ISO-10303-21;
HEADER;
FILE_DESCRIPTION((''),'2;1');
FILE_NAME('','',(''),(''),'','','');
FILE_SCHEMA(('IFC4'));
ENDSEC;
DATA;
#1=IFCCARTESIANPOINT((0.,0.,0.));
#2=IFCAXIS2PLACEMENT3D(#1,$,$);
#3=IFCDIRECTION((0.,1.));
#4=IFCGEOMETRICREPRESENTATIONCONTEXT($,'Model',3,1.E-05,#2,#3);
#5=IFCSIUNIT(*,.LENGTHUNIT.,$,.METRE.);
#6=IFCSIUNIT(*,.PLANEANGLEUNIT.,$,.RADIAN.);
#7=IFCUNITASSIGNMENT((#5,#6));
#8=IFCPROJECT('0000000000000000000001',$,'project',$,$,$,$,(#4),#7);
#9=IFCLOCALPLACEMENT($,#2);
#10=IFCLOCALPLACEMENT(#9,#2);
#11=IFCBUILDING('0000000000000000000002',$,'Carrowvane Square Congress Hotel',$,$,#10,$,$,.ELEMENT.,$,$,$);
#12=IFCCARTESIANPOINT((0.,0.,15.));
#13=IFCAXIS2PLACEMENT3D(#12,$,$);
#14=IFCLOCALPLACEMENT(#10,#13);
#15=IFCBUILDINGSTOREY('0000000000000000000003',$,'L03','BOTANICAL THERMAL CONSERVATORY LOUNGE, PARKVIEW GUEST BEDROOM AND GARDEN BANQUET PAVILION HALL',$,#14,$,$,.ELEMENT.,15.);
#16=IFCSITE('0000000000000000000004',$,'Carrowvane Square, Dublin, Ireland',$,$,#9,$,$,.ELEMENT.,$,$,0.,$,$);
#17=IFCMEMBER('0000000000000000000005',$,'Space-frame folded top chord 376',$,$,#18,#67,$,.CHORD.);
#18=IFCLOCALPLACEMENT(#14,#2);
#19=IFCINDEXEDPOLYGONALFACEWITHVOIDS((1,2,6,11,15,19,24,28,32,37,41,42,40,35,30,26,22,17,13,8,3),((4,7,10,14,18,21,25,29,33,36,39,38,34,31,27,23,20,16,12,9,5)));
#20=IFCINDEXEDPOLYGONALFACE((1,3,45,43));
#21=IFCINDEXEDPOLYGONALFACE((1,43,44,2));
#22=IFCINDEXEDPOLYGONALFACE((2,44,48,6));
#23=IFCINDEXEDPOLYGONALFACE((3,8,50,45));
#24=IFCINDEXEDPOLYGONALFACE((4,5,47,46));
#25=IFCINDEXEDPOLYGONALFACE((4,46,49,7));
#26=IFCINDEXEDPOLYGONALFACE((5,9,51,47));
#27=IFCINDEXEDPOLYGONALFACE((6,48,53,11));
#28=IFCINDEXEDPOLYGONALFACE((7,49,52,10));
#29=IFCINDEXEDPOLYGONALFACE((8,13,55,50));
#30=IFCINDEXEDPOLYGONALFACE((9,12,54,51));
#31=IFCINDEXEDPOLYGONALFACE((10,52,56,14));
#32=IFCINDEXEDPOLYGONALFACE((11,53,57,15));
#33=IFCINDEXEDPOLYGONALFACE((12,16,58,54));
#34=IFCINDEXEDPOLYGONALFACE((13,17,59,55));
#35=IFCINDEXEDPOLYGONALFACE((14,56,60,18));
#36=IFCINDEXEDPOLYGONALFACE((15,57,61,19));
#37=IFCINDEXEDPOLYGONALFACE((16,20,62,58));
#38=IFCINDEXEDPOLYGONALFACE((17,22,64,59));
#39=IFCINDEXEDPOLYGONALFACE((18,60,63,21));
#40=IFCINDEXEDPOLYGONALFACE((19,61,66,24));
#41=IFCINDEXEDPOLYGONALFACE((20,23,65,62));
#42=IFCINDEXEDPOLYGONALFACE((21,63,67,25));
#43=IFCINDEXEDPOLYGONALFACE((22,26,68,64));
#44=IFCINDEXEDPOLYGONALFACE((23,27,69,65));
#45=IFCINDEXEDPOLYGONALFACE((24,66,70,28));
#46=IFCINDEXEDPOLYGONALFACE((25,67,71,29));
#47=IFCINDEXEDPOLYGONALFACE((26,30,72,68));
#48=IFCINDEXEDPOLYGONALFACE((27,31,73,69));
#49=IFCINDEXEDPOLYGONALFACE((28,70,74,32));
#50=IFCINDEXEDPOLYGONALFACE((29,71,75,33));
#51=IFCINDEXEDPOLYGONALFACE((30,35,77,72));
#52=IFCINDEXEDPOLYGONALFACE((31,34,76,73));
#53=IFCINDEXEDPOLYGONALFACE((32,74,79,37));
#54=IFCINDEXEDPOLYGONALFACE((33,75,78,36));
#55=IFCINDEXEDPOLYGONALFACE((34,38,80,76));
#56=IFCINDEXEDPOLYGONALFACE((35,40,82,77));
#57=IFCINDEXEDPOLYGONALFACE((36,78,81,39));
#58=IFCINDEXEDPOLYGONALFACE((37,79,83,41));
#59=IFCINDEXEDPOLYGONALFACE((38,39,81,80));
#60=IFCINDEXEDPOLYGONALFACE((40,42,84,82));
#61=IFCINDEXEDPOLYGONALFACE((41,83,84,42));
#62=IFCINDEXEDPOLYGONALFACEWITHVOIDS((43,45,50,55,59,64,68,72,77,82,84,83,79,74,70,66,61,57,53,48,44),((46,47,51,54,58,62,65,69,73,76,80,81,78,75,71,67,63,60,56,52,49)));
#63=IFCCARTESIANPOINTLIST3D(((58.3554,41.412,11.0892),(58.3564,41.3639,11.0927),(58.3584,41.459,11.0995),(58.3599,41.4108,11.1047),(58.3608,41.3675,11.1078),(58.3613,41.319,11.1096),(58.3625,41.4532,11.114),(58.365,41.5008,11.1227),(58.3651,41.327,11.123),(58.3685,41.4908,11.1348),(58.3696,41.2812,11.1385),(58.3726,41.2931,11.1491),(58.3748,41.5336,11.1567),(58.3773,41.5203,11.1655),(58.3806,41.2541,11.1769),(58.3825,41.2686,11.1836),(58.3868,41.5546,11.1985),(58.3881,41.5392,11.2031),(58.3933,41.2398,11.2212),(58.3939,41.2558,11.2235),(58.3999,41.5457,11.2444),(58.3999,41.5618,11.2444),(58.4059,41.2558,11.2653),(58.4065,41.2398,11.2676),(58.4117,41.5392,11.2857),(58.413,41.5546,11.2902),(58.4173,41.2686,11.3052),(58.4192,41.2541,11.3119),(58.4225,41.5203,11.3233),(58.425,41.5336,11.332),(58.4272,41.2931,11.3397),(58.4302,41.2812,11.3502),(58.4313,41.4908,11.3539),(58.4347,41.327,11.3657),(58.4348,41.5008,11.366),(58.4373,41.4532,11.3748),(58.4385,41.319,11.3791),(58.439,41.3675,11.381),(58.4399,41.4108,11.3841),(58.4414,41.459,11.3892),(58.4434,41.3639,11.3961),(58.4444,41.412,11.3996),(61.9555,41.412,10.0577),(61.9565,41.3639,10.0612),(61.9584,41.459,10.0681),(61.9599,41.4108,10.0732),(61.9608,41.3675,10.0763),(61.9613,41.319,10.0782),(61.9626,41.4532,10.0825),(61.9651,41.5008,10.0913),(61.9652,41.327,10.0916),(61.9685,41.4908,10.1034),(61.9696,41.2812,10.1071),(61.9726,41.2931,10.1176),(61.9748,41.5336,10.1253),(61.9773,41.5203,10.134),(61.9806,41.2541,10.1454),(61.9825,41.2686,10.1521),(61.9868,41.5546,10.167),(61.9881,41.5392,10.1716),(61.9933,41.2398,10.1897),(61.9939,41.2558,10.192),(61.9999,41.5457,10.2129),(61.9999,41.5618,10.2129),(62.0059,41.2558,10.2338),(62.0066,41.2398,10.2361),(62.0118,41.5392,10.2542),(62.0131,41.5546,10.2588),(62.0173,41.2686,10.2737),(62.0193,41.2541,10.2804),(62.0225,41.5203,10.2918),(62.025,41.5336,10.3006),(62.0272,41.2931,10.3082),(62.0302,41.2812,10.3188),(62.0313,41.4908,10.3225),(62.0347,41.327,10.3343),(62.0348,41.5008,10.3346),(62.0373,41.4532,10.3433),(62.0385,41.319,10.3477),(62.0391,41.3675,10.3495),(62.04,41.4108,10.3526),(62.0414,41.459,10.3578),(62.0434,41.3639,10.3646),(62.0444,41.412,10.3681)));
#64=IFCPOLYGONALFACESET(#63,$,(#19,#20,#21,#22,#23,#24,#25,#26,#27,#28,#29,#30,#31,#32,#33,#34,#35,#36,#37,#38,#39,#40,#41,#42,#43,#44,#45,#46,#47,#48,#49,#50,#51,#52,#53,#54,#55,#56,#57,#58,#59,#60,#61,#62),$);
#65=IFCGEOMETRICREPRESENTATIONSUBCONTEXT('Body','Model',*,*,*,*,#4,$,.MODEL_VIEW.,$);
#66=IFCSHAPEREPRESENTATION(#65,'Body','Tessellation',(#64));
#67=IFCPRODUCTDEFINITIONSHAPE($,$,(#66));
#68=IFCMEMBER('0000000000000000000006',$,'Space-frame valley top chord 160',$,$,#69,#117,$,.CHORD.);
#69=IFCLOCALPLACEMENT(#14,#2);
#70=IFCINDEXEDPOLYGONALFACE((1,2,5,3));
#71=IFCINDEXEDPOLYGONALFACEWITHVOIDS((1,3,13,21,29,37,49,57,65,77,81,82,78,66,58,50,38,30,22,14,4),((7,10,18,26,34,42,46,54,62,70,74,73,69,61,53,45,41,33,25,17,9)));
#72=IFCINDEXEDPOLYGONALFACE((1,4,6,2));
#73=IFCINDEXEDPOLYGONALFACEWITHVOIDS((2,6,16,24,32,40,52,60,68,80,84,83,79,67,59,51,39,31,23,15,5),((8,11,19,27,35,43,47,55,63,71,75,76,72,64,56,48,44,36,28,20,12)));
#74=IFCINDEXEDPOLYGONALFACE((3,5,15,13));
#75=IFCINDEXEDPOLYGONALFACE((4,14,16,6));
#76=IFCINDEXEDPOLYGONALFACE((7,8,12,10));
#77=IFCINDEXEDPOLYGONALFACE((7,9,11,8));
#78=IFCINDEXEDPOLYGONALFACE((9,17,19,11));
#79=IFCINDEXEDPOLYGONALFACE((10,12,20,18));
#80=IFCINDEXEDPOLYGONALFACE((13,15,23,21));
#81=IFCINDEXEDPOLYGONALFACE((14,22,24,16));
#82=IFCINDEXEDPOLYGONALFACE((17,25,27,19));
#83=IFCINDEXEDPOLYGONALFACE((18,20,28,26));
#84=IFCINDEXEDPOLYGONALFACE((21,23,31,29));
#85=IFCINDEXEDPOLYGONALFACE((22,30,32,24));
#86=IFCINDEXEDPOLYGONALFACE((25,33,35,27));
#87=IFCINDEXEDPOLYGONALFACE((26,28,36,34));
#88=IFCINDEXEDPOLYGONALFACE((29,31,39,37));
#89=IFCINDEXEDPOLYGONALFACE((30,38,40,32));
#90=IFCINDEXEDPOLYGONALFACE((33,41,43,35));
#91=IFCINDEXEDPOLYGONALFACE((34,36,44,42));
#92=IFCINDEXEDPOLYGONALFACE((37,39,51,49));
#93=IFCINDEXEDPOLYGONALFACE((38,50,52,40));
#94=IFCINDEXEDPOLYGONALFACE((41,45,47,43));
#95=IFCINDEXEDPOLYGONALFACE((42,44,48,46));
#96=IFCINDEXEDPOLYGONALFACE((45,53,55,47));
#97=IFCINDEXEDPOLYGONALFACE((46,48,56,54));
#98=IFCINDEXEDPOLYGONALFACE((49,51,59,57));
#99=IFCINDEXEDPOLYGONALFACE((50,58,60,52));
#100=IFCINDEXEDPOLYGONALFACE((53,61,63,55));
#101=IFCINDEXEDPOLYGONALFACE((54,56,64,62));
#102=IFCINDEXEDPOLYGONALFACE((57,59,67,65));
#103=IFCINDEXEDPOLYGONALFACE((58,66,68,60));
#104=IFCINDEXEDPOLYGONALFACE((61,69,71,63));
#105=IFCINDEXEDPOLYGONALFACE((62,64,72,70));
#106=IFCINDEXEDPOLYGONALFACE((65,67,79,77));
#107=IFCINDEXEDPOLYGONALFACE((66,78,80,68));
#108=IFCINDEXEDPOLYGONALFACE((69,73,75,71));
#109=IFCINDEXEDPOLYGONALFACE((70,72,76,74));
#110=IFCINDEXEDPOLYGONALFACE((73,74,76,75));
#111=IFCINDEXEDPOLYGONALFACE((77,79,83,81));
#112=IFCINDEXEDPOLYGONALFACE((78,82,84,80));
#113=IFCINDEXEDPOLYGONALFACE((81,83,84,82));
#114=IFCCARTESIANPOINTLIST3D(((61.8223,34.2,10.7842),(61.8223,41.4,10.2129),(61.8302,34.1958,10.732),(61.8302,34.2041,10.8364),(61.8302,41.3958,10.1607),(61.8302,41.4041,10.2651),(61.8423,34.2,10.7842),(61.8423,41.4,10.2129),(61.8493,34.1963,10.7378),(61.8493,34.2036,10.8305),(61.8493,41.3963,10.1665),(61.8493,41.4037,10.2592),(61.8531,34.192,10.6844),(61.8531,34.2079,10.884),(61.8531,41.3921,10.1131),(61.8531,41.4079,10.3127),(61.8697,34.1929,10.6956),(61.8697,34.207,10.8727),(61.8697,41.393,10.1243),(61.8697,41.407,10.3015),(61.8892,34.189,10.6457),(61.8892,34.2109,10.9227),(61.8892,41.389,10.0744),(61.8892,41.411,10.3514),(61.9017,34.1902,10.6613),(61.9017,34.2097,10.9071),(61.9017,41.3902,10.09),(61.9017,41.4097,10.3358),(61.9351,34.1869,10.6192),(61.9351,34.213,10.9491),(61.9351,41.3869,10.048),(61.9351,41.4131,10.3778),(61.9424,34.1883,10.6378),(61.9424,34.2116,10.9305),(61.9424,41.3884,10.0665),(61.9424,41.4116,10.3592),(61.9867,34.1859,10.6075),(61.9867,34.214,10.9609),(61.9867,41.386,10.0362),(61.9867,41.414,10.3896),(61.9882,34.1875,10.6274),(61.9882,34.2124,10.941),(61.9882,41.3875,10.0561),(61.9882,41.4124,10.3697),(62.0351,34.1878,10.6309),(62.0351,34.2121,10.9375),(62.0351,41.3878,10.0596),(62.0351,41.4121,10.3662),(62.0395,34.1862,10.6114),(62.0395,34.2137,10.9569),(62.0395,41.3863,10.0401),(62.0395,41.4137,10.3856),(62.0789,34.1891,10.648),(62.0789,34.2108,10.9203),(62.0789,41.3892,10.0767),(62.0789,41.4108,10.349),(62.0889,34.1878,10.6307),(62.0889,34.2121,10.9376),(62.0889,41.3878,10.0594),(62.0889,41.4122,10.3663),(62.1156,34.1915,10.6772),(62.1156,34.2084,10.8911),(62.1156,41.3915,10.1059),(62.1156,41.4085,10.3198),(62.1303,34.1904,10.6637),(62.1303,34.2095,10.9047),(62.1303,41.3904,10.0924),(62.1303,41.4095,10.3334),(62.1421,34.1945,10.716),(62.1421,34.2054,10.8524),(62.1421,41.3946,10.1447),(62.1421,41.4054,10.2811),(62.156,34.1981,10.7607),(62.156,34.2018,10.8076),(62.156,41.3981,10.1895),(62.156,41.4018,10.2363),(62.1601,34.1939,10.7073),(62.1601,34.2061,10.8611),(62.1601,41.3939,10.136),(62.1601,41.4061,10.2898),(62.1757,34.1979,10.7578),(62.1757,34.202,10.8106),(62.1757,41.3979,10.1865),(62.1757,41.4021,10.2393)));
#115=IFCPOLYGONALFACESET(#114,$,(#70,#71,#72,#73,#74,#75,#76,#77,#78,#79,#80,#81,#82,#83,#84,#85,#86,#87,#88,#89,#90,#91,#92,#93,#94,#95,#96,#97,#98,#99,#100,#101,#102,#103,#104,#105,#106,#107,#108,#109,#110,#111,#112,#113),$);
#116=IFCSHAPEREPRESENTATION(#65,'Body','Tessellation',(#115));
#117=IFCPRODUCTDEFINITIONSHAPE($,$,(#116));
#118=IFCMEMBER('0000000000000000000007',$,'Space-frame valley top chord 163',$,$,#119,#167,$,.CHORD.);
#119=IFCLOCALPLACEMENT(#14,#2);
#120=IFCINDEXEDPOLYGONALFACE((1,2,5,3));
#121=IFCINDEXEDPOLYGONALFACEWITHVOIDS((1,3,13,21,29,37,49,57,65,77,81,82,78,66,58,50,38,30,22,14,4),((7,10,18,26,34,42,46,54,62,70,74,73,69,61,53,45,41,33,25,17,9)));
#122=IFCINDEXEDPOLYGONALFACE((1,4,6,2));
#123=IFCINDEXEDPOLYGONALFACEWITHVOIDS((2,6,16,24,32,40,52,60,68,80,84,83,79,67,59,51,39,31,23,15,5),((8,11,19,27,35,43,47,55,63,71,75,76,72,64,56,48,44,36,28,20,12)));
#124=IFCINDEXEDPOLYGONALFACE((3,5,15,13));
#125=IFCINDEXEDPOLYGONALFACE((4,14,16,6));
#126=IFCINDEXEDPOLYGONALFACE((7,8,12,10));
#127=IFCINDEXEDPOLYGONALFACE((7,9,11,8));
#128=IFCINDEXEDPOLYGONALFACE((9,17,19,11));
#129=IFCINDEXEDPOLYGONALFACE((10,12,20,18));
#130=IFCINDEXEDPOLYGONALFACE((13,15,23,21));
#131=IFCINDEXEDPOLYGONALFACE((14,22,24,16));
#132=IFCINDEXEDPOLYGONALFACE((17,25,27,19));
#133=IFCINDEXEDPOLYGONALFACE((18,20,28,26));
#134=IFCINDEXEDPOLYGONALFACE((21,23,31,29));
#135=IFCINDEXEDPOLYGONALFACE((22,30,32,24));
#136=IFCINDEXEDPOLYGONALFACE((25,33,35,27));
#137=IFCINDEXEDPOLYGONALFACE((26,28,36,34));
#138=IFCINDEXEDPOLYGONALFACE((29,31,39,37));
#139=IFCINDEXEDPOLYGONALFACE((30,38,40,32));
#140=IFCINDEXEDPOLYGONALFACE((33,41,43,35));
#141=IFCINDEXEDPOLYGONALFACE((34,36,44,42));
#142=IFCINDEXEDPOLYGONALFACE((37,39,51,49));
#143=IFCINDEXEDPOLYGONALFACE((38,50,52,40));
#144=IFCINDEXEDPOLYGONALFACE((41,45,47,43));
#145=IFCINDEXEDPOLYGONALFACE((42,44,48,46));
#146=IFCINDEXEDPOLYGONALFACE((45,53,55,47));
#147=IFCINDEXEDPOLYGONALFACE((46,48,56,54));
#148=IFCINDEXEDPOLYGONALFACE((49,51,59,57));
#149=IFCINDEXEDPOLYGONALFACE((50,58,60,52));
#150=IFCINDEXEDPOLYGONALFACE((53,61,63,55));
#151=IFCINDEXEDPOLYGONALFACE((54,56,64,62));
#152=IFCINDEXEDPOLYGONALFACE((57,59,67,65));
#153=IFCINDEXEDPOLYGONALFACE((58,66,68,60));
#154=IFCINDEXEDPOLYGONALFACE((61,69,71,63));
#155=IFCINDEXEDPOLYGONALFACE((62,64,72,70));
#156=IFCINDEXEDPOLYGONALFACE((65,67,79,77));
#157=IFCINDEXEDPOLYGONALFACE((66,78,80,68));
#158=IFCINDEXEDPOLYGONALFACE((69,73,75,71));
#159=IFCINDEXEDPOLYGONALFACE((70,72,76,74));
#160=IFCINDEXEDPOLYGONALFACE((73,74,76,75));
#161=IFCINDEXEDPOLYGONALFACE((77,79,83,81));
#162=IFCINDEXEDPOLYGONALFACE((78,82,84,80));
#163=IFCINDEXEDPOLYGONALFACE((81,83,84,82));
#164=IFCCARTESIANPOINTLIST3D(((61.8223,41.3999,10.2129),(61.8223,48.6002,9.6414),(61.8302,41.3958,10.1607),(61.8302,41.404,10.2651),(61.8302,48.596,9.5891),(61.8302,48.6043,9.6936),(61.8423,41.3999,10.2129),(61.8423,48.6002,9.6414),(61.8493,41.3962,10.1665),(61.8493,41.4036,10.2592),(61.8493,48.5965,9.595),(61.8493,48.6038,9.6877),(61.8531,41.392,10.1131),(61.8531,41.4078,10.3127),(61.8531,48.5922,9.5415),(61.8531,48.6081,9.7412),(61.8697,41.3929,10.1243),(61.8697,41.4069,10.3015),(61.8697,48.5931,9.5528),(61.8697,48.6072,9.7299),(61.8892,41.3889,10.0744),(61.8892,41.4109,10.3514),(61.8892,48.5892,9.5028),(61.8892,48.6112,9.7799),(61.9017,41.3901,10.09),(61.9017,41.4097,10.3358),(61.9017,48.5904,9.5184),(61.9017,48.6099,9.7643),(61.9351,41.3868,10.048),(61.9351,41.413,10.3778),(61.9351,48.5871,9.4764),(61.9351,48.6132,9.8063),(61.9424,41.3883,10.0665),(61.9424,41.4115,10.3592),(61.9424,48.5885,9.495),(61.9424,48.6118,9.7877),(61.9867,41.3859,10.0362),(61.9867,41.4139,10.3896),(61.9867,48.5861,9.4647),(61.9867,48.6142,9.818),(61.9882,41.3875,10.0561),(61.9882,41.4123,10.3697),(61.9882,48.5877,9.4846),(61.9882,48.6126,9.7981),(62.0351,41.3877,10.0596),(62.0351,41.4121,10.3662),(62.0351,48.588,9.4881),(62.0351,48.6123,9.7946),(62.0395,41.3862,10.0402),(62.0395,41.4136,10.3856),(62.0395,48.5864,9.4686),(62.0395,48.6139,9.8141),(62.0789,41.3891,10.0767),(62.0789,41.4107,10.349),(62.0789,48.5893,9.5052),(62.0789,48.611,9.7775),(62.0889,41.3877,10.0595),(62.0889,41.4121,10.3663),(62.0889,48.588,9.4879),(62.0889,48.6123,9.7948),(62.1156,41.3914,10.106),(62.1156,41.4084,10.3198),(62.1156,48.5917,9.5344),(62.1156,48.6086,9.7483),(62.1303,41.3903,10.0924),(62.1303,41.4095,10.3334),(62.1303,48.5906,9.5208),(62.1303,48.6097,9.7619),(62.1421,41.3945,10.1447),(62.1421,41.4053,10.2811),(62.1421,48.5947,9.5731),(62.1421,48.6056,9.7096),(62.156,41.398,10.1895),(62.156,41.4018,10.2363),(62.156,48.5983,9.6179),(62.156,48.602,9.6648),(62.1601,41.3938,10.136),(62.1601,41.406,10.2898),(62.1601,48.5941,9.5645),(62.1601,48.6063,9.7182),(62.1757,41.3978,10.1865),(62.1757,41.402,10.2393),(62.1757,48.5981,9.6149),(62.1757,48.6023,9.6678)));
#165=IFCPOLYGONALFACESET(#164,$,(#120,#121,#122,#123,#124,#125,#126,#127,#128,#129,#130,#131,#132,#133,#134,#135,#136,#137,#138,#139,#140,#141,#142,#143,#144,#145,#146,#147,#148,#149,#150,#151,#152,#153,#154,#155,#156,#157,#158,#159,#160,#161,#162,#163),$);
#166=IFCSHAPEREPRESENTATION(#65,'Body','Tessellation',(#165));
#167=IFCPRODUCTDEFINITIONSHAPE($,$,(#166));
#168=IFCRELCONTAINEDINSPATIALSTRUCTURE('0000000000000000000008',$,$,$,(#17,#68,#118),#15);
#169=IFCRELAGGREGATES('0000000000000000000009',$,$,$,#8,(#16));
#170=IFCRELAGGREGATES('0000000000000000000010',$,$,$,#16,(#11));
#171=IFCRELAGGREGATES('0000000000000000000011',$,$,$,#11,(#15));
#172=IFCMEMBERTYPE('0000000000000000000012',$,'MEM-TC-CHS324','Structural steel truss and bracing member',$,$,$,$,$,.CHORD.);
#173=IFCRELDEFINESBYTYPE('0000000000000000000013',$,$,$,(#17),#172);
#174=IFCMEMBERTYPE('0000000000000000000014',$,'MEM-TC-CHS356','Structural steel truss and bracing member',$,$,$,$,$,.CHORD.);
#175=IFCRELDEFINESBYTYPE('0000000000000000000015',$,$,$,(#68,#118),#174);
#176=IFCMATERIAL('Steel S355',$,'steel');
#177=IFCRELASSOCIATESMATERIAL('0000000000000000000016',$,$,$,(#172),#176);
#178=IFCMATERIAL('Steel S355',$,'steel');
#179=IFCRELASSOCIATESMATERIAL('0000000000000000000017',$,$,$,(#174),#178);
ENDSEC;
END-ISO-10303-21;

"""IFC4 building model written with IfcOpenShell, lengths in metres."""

from ifc_helpers import new_model, si_unit, direction, frame, origin, origin_2d, place, context, subcontext, project, spatial, hollow_circle, extrude, material, material_profile, profile_set, type_object, element, save


model = new_model("IFC4")

# Units and contexts
model_context = context("Model", 3, precision=1e-05, world=origin(), true_north=direction((0.0, 1.0)))
body_context = subcontext(model_context, "Body", "Model", "MODEL_VIEW")
ifc_project = project(units=[si_unit("LENGTHUNIT", "METRE"), si_unit("PLANEANGLEUNIT", "RADIAN")], contexts=[model_context])

# Site, building, storey
site_placement = place(None, origin())
site = spatial("IfcSite", under=ifc_project, at=site_placement, Name="Carrowvane Square, Dublin, Ireland", CompositionType="ELEMENT", RefElevation=0.0)
building_placement = place(site_placement, origin())
building = spatial("IfcBuilding", under=site, at=building_placement, Name="Carrowvane Square Congress Hotel", CompositionType="ELEMENT")
storey_placement = place(building_placement, frame((0.0, 0.0, 15.0)))
storey = spatial("IfcBuildingStorey", under=building, at=storey_placement, Name="L03", Description="BOTANICAL THERMAL CONSERVATORY LOUNGE, PARKVIEW GUEST BEDROOM AND GARDEN BANQUET PAVILION HALL", CompositionType="ELEMENT", Elevation=15.0)

# Members
ifc_material_1 = material(Name="Steel S355", Category="steel")
ifc_material_profile_1 = material_profile(ifc_material_1, hollow_circle(Radius=0.1619, WallThickness=0.0161, at=origin_2d()), Name="CHS 323.9x16")
ifc_profile_set_1 = profile_set([ifc_material_profile_1], Name="Steel S355")
member_type_1 = type_object("IfcMemberType", Name="MEM-TC-CHS324", Description="Structural steel truss and bracing member", PredefinedType="CHORD", material=ifc_profile_set_1)
member_1_placement = place(storey_placement, frame((58.3999, 41.3999, 11.2444), z_axis=(0.961319, 0.0, -0.275436), x_axis=(0.0, 1.0, 0.0)))
element("IfcMember", 1, at=member_1_placement, inside=storey, type_object=member_type_1, Name="Space-frame folded top chord 376", PredefinedType="CHORD", context=body_context, shape_type="SweptSolid", body=[
    extrude(hollow_circle(Radius=0.1619, WallThickness=0.0161, at=origin_2d()), origin(), (0.0, 0.0, 1.0), 3.7449),
])
ifc_material_2 = material(Name="Steel S355", Category="steel")
ifc_material_profile_2 = material_profile(ifc_material_2, hollow_circle(Radius=0.1777, WallThickness=0.02, at=origin_2d()), Name="CHS 355.6x20")
ifc_profile_set_2 = profile_set([ifc_material_profile_2], Name="Steel S355")
member_type_2 = type_object("IfcMemberType", Name="MEM-TC-CHS356", Description="Structural steel truss and bracing member", PredefinedType="CHORD", material=ifc_profile_set_2)
member_2_placement = place(storey_placement, frame((62.0, 34.2, 10.7842), z_axis=(0.0, 0.996867, -0.079098), x_axis=(-1.0, 0.0, 0.0)))
element("IfcMember", 2, at=member_2_placement, inside=storey, type_object=member_type_2, Name="Space-frame valley top chord 160", PredefinedType="CHORD", context=body_context, shape_type="SweptSolid", body=[
    extrude(hollow_circle(Radius=0.1777, WallThickness=0.02, at=origin_2d()), origin(), (0.0, 0.0, 1.0), 7.2227),
])
member_3_placement = place(storey_placement, frame((62.0, 41.3999, 10.2129), z_axis=(0.0, 0.996864, -0.079129), x_axis=(-1.0, 0.0, 0.0)))
element("IfcMember", 3, at=member_3_placement, inside=storey, type_object=member_type_2, Name="Space-frame valley top chord 163", PredefinedType="CHORD", context=body_context, shape_type="SweptSolid", body=[
    extrude(hollow_circle(Radius=0.1777, WallThickness=0.02, at=origin_2d()), origin(), (0.0, 0.0, 1.0), 7.2229),
])

save(model, "model.ifc")
